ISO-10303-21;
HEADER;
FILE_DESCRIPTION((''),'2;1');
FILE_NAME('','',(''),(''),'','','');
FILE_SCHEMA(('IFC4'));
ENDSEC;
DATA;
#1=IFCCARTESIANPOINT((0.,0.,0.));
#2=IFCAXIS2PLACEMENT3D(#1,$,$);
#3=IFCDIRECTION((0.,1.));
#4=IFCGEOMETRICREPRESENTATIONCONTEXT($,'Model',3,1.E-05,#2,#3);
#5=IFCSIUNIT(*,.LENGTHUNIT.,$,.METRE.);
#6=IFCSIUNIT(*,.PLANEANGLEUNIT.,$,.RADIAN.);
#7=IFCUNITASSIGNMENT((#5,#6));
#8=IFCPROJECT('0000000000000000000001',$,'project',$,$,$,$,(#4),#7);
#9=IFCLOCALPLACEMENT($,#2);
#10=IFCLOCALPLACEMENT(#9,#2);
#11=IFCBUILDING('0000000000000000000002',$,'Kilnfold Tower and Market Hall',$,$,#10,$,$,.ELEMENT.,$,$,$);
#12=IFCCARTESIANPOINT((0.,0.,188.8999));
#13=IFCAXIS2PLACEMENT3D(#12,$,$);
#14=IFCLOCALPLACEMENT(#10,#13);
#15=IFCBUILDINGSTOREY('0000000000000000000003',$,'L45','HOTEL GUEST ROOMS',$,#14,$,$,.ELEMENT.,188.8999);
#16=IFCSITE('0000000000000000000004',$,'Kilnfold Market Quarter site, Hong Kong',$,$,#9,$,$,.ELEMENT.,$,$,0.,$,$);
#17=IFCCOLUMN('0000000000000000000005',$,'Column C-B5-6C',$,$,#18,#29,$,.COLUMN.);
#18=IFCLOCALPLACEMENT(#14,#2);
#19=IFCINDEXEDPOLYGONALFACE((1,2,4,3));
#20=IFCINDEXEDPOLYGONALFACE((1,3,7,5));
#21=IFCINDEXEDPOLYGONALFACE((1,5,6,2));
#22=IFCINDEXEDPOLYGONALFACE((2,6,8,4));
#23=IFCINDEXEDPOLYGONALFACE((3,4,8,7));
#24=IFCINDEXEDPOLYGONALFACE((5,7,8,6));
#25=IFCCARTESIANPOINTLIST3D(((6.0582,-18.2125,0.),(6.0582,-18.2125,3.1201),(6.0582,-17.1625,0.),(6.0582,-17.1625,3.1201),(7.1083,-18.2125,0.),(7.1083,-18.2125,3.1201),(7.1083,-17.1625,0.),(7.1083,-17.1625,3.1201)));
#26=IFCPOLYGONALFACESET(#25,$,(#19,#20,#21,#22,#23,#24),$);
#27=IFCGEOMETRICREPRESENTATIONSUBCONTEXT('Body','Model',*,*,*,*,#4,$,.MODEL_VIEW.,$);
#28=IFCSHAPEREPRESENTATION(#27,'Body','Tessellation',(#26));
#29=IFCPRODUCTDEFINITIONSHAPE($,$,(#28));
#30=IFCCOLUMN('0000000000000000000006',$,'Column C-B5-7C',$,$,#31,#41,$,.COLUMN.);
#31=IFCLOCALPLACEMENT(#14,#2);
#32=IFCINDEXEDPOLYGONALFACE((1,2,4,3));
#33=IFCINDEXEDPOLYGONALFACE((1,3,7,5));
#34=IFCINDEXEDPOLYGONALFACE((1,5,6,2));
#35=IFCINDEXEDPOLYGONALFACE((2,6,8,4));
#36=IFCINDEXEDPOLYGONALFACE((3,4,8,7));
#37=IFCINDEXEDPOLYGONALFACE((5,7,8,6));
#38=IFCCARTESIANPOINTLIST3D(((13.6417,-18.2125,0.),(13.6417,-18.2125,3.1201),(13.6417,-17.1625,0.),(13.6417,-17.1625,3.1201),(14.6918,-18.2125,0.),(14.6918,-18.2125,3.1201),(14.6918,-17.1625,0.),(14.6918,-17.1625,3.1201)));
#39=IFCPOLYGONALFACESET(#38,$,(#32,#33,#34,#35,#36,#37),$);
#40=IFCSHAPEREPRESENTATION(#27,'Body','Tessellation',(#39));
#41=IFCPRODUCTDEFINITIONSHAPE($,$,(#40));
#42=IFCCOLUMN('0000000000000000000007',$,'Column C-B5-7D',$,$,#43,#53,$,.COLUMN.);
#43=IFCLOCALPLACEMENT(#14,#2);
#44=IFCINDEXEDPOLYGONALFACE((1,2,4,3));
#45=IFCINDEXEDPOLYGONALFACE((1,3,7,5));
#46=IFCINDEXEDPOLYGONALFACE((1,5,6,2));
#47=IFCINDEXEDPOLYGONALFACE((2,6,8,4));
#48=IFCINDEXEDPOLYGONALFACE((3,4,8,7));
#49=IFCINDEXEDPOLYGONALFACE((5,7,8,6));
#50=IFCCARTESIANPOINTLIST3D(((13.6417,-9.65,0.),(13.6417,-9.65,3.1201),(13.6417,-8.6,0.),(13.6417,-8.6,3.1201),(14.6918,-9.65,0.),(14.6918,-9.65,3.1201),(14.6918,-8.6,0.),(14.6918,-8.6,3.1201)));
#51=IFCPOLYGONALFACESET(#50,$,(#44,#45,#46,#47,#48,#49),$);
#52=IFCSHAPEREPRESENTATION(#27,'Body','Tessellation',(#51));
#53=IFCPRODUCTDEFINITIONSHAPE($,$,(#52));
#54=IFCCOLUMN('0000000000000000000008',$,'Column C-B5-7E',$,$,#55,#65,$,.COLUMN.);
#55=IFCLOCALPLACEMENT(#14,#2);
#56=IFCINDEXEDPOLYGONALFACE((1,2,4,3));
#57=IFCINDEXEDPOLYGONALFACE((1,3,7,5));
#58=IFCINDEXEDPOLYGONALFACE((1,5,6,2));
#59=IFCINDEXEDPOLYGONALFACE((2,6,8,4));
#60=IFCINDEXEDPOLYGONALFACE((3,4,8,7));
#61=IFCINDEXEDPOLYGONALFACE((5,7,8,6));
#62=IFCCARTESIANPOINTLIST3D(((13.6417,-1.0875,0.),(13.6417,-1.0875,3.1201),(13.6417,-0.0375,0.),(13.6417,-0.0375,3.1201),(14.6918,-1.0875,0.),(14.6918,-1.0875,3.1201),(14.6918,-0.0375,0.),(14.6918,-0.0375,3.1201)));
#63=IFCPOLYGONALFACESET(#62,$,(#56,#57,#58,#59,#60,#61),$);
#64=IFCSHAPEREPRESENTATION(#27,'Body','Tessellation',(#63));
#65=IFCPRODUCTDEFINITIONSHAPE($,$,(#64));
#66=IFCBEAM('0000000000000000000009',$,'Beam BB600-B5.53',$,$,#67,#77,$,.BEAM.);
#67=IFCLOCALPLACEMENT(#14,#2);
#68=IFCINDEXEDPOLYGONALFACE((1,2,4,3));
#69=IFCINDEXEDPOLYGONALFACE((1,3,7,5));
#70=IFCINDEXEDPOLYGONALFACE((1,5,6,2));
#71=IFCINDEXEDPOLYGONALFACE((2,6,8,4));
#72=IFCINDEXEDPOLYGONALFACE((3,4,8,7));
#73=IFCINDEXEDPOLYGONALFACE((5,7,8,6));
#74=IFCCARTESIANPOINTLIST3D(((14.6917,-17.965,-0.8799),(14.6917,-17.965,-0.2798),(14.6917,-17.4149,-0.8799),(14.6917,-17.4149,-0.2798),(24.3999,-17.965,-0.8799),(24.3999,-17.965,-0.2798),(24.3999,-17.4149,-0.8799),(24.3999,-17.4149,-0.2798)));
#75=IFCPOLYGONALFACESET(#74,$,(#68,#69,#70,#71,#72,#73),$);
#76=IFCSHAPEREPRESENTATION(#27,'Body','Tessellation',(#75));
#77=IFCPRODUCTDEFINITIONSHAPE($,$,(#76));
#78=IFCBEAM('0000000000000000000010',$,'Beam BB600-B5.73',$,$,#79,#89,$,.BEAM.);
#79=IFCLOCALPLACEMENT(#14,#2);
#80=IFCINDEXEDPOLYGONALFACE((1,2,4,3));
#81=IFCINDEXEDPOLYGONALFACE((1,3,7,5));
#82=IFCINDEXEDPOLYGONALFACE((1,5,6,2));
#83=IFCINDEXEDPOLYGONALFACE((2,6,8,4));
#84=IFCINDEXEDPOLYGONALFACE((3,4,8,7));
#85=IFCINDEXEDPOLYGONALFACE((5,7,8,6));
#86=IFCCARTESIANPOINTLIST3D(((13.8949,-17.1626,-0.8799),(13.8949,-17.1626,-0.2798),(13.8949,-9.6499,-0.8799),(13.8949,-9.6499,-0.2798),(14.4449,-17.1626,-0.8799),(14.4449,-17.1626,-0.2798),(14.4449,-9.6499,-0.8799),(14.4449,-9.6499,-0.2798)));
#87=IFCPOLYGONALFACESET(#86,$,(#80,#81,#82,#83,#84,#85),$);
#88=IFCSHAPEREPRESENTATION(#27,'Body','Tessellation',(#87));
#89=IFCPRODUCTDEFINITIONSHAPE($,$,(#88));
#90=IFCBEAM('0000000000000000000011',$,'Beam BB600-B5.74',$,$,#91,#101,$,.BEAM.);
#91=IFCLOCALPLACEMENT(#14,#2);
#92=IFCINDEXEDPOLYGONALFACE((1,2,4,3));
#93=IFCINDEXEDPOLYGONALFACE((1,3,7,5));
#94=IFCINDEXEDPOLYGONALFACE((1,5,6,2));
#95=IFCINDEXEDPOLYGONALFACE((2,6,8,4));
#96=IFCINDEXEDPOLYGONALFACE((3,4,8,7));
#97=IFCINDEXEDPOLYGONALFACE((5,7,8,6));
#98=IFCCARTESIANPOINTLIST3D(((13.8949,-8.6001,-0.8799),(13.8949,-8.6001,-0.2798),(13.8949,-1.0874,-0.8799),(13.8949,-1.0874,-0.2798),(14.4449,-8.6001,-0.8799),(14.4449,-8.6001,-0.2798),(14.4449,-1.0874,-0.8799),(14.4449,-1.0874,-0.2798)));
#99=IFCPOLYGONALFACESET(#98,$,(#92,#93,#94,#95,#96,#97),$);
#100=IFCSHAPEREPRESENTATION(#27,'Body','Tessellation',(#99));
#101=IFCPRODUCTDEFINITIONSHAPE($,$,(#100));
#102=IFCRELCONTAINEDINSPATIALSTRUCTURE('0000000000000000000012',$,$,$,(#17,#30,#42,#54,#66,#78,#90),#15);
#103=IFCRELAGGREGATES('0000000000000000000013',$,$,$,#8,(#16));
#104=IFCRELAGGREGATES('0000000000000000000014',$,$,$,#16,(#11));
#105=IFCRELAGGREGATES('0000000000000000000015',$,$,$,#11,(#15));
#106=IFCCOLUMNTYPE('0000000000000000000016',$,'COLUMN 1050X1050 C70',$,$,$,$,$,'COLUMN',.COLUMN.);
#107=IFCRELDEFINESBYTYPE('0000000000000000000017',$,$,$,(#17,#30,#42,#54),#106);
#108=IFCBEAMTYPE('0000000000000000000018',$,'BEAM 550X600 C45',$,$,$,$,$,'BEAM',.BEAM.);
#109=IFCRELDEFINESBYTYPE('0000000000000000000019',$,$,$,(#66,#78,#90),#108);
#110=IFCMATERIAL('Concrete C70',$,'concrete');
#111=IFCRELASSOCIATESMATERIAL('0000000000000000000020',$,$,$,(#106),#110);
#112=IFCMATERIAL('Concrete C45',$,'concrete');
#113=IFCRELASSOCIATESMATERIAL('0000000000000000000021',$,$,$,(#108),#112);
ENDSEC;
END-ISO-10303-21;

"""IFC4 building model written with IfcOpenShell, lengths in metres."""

from ifc_helpers import new_model, si_unit, direction, frame, origin, origin_2d, place, context, subcontext, project, spatial, rectangle, extrude, source, transform, mapped, material, material_profile, profile_set, type_object, element, save


model = new_model("IFC4")

# Units and contexts
model_context = context("Model", 3, precision=1e-05, world=origin(), true_north=direction((0.0, 1.0)))
body_context = subcontext(model_context, "Body", "Model", "MODEL_VIEW")
ifc_project = project(units=[si_unit("LENGTHUNIT", "METRE"), si_unit("PLANEANGLEUNIT", "RADIAN")], contexts=[model_context])

# Site, building, storey
site_placement = place(None, origin())
site = spatial("IfcSite", under=ifc_project, at=site_placement, Name="Kilnfold Market Quarter site, Hong Kong", CompositionType="ELEMENT", RefElevation=0.0)
building_placement = place(site_placement, origin())
building = spatial("IfcBuilding", under=site, at=building_placement, Name="Kilnfold Tower and Market Hall", CompositionType="ELEMENT")
storey_placement = place(building_placement, frame((0.0, 0.0, 188.8999)))
storey = spatial("IfcBuildingStorey", under=building, at=storey_placement, Name="L45", Description="HOTEL GUEST ROOMS", CompositionType="ELEMENT", Elevation=188.8999)

# Columns
ifc_material_1 = material(Name="Concrete C70", Category="concrete")
ifc_material_profile_1 = material_profile(ifc_material_1, rectangle(XDim=1.05, YDim=1.05, at=origin_2d()), Name="RC 1050x1050")
ifc_profile_set_1 = profile_set([ifc_material_profile_1], Name="Concrete C70")
column_type = type_object("IfcColumnType", Name="COLUMN 1050X1050 C70", ElementType="COLUMN", PredefinedType="COLUMN", material=ifc_profile_set_1)
shared_shape_1 = source(origin(), body_context, "Body", "SweptSolid", [
    extrude(rectangle(XDim=1.05, YDim=1.05, at=origin_2d()), origin(), (0.0, 0.0, 1.0), 3.1201),
])
for number, where, z_axis, x_axis, name in (
    (1, (6.5833, -17.6875, 0.0), (0.0, 0.0, 1.0), (1.0, 0.0, 0.0), "Column C-B5-6C"),
    (2, (14.1667, -17.6875, 0.0), (0.0, 0.0, 1.0), (1.0, 0.0, 0.0), "Column C-B5-7C"),
    (3, (14.1667, -9.125, 0.0), (0.0, 0.0, 1.0), (1.0, 0.0, 0.0), "Column C-B5-7D"),
    (4, (14.1667, -0.5625, 0.0), (0.0, 0.0, 1.0), (1.0, 0.0, 0.0), "Column C-B5-7E"),
):
    element("IfcColumn", number, at=place(storey_placement, frame(where, z_axis=z_axis, x_axis=x_axis)), inside=storey, type_object=column_type, Name=name, PredefinedType="COLUMN", context=body_context, shape_type="MappedRepresentation", body=[
        mapped(shared_shape_1, transform((0.0, 0.0, 0.0))),
    ])

# Beams
ifc_material_2 = material(Name="Concrete C45", Category="concrete")
ifc_material_profile_2 = material_profile(ifc_material_2, rectangle(XDim=0.55, YDim=0.6001, at=origin_2d()), Name="RC 550x600")
ifc_profile_set_2 = profile_set([ifc_material_profile_2], Name="Concrete C45")
beam_type = type_object("IfcBeamType", Name="BEAM 550X600 C45", ElementType="BEAM", PredefinedType="BEAM", material=ifc_profile_set_2)
shared_shape_2 = source(origin(), body_context, "Body", "SweptSolid", [
    extrude(rectangle(XDim=0.55, YDim=0.6001, at=origin_2d()), origin(), (0.0, 0.0, 1.0), 9.7083),
])
beam_placement = place(storey_placement, frame((14.6917, -17.6899, -0.5798), z_axis=(1.0, 0.0, 0.0), x_axis=(0.0, 1.0, 0.0)))
element("IfcBeam", 5, at=beam_placement, inside=storey, type_object=beam_type, Name="Beam BB600-B5.53", PredefinedType="BEAM", context=body_context, shape_type="MappedRepresentation", body=[
    mapped(shared_shape_2, transform((0.0, 0.0, 0.0))),
])
shared_shape_3 = source(origin(), body_context, "Body", "SweptSolid", [
    extrude(rectangle(XDim=0.55, YDim=0.6001, at=origin_2d()), origin(), (0.0, 0.0, 1.0), 7.5127),
])
for number, where, z_axis, x_axis, name in (
    (6, (14.1699, -17.1626, -0.5798), (0.0, 1.0, 0.0), (-1.0, 0.0, 0.0), "Beam BB600-B5.73"),
    (7, (14.1699, -8.6001, -0.5798), (0.0, 1.0, 0.0), (-1.0, 0.0, 0.0), "Beam BB600-B5.74"),
):
    element("IfcBeam", number, at=place(storey_placement, frame(where, z_axis=z_axis, x_axis=x_axis)), inside=storey, type_object=beam_type, Name=name, PredefinedType="BEAM", context=body_context, shape_type="MappedRepresentation", body=[
        mapped(shared_shape_3, transform((0.0, 0.0, 0.0))),
    ])

save(model, "model.ifc")
